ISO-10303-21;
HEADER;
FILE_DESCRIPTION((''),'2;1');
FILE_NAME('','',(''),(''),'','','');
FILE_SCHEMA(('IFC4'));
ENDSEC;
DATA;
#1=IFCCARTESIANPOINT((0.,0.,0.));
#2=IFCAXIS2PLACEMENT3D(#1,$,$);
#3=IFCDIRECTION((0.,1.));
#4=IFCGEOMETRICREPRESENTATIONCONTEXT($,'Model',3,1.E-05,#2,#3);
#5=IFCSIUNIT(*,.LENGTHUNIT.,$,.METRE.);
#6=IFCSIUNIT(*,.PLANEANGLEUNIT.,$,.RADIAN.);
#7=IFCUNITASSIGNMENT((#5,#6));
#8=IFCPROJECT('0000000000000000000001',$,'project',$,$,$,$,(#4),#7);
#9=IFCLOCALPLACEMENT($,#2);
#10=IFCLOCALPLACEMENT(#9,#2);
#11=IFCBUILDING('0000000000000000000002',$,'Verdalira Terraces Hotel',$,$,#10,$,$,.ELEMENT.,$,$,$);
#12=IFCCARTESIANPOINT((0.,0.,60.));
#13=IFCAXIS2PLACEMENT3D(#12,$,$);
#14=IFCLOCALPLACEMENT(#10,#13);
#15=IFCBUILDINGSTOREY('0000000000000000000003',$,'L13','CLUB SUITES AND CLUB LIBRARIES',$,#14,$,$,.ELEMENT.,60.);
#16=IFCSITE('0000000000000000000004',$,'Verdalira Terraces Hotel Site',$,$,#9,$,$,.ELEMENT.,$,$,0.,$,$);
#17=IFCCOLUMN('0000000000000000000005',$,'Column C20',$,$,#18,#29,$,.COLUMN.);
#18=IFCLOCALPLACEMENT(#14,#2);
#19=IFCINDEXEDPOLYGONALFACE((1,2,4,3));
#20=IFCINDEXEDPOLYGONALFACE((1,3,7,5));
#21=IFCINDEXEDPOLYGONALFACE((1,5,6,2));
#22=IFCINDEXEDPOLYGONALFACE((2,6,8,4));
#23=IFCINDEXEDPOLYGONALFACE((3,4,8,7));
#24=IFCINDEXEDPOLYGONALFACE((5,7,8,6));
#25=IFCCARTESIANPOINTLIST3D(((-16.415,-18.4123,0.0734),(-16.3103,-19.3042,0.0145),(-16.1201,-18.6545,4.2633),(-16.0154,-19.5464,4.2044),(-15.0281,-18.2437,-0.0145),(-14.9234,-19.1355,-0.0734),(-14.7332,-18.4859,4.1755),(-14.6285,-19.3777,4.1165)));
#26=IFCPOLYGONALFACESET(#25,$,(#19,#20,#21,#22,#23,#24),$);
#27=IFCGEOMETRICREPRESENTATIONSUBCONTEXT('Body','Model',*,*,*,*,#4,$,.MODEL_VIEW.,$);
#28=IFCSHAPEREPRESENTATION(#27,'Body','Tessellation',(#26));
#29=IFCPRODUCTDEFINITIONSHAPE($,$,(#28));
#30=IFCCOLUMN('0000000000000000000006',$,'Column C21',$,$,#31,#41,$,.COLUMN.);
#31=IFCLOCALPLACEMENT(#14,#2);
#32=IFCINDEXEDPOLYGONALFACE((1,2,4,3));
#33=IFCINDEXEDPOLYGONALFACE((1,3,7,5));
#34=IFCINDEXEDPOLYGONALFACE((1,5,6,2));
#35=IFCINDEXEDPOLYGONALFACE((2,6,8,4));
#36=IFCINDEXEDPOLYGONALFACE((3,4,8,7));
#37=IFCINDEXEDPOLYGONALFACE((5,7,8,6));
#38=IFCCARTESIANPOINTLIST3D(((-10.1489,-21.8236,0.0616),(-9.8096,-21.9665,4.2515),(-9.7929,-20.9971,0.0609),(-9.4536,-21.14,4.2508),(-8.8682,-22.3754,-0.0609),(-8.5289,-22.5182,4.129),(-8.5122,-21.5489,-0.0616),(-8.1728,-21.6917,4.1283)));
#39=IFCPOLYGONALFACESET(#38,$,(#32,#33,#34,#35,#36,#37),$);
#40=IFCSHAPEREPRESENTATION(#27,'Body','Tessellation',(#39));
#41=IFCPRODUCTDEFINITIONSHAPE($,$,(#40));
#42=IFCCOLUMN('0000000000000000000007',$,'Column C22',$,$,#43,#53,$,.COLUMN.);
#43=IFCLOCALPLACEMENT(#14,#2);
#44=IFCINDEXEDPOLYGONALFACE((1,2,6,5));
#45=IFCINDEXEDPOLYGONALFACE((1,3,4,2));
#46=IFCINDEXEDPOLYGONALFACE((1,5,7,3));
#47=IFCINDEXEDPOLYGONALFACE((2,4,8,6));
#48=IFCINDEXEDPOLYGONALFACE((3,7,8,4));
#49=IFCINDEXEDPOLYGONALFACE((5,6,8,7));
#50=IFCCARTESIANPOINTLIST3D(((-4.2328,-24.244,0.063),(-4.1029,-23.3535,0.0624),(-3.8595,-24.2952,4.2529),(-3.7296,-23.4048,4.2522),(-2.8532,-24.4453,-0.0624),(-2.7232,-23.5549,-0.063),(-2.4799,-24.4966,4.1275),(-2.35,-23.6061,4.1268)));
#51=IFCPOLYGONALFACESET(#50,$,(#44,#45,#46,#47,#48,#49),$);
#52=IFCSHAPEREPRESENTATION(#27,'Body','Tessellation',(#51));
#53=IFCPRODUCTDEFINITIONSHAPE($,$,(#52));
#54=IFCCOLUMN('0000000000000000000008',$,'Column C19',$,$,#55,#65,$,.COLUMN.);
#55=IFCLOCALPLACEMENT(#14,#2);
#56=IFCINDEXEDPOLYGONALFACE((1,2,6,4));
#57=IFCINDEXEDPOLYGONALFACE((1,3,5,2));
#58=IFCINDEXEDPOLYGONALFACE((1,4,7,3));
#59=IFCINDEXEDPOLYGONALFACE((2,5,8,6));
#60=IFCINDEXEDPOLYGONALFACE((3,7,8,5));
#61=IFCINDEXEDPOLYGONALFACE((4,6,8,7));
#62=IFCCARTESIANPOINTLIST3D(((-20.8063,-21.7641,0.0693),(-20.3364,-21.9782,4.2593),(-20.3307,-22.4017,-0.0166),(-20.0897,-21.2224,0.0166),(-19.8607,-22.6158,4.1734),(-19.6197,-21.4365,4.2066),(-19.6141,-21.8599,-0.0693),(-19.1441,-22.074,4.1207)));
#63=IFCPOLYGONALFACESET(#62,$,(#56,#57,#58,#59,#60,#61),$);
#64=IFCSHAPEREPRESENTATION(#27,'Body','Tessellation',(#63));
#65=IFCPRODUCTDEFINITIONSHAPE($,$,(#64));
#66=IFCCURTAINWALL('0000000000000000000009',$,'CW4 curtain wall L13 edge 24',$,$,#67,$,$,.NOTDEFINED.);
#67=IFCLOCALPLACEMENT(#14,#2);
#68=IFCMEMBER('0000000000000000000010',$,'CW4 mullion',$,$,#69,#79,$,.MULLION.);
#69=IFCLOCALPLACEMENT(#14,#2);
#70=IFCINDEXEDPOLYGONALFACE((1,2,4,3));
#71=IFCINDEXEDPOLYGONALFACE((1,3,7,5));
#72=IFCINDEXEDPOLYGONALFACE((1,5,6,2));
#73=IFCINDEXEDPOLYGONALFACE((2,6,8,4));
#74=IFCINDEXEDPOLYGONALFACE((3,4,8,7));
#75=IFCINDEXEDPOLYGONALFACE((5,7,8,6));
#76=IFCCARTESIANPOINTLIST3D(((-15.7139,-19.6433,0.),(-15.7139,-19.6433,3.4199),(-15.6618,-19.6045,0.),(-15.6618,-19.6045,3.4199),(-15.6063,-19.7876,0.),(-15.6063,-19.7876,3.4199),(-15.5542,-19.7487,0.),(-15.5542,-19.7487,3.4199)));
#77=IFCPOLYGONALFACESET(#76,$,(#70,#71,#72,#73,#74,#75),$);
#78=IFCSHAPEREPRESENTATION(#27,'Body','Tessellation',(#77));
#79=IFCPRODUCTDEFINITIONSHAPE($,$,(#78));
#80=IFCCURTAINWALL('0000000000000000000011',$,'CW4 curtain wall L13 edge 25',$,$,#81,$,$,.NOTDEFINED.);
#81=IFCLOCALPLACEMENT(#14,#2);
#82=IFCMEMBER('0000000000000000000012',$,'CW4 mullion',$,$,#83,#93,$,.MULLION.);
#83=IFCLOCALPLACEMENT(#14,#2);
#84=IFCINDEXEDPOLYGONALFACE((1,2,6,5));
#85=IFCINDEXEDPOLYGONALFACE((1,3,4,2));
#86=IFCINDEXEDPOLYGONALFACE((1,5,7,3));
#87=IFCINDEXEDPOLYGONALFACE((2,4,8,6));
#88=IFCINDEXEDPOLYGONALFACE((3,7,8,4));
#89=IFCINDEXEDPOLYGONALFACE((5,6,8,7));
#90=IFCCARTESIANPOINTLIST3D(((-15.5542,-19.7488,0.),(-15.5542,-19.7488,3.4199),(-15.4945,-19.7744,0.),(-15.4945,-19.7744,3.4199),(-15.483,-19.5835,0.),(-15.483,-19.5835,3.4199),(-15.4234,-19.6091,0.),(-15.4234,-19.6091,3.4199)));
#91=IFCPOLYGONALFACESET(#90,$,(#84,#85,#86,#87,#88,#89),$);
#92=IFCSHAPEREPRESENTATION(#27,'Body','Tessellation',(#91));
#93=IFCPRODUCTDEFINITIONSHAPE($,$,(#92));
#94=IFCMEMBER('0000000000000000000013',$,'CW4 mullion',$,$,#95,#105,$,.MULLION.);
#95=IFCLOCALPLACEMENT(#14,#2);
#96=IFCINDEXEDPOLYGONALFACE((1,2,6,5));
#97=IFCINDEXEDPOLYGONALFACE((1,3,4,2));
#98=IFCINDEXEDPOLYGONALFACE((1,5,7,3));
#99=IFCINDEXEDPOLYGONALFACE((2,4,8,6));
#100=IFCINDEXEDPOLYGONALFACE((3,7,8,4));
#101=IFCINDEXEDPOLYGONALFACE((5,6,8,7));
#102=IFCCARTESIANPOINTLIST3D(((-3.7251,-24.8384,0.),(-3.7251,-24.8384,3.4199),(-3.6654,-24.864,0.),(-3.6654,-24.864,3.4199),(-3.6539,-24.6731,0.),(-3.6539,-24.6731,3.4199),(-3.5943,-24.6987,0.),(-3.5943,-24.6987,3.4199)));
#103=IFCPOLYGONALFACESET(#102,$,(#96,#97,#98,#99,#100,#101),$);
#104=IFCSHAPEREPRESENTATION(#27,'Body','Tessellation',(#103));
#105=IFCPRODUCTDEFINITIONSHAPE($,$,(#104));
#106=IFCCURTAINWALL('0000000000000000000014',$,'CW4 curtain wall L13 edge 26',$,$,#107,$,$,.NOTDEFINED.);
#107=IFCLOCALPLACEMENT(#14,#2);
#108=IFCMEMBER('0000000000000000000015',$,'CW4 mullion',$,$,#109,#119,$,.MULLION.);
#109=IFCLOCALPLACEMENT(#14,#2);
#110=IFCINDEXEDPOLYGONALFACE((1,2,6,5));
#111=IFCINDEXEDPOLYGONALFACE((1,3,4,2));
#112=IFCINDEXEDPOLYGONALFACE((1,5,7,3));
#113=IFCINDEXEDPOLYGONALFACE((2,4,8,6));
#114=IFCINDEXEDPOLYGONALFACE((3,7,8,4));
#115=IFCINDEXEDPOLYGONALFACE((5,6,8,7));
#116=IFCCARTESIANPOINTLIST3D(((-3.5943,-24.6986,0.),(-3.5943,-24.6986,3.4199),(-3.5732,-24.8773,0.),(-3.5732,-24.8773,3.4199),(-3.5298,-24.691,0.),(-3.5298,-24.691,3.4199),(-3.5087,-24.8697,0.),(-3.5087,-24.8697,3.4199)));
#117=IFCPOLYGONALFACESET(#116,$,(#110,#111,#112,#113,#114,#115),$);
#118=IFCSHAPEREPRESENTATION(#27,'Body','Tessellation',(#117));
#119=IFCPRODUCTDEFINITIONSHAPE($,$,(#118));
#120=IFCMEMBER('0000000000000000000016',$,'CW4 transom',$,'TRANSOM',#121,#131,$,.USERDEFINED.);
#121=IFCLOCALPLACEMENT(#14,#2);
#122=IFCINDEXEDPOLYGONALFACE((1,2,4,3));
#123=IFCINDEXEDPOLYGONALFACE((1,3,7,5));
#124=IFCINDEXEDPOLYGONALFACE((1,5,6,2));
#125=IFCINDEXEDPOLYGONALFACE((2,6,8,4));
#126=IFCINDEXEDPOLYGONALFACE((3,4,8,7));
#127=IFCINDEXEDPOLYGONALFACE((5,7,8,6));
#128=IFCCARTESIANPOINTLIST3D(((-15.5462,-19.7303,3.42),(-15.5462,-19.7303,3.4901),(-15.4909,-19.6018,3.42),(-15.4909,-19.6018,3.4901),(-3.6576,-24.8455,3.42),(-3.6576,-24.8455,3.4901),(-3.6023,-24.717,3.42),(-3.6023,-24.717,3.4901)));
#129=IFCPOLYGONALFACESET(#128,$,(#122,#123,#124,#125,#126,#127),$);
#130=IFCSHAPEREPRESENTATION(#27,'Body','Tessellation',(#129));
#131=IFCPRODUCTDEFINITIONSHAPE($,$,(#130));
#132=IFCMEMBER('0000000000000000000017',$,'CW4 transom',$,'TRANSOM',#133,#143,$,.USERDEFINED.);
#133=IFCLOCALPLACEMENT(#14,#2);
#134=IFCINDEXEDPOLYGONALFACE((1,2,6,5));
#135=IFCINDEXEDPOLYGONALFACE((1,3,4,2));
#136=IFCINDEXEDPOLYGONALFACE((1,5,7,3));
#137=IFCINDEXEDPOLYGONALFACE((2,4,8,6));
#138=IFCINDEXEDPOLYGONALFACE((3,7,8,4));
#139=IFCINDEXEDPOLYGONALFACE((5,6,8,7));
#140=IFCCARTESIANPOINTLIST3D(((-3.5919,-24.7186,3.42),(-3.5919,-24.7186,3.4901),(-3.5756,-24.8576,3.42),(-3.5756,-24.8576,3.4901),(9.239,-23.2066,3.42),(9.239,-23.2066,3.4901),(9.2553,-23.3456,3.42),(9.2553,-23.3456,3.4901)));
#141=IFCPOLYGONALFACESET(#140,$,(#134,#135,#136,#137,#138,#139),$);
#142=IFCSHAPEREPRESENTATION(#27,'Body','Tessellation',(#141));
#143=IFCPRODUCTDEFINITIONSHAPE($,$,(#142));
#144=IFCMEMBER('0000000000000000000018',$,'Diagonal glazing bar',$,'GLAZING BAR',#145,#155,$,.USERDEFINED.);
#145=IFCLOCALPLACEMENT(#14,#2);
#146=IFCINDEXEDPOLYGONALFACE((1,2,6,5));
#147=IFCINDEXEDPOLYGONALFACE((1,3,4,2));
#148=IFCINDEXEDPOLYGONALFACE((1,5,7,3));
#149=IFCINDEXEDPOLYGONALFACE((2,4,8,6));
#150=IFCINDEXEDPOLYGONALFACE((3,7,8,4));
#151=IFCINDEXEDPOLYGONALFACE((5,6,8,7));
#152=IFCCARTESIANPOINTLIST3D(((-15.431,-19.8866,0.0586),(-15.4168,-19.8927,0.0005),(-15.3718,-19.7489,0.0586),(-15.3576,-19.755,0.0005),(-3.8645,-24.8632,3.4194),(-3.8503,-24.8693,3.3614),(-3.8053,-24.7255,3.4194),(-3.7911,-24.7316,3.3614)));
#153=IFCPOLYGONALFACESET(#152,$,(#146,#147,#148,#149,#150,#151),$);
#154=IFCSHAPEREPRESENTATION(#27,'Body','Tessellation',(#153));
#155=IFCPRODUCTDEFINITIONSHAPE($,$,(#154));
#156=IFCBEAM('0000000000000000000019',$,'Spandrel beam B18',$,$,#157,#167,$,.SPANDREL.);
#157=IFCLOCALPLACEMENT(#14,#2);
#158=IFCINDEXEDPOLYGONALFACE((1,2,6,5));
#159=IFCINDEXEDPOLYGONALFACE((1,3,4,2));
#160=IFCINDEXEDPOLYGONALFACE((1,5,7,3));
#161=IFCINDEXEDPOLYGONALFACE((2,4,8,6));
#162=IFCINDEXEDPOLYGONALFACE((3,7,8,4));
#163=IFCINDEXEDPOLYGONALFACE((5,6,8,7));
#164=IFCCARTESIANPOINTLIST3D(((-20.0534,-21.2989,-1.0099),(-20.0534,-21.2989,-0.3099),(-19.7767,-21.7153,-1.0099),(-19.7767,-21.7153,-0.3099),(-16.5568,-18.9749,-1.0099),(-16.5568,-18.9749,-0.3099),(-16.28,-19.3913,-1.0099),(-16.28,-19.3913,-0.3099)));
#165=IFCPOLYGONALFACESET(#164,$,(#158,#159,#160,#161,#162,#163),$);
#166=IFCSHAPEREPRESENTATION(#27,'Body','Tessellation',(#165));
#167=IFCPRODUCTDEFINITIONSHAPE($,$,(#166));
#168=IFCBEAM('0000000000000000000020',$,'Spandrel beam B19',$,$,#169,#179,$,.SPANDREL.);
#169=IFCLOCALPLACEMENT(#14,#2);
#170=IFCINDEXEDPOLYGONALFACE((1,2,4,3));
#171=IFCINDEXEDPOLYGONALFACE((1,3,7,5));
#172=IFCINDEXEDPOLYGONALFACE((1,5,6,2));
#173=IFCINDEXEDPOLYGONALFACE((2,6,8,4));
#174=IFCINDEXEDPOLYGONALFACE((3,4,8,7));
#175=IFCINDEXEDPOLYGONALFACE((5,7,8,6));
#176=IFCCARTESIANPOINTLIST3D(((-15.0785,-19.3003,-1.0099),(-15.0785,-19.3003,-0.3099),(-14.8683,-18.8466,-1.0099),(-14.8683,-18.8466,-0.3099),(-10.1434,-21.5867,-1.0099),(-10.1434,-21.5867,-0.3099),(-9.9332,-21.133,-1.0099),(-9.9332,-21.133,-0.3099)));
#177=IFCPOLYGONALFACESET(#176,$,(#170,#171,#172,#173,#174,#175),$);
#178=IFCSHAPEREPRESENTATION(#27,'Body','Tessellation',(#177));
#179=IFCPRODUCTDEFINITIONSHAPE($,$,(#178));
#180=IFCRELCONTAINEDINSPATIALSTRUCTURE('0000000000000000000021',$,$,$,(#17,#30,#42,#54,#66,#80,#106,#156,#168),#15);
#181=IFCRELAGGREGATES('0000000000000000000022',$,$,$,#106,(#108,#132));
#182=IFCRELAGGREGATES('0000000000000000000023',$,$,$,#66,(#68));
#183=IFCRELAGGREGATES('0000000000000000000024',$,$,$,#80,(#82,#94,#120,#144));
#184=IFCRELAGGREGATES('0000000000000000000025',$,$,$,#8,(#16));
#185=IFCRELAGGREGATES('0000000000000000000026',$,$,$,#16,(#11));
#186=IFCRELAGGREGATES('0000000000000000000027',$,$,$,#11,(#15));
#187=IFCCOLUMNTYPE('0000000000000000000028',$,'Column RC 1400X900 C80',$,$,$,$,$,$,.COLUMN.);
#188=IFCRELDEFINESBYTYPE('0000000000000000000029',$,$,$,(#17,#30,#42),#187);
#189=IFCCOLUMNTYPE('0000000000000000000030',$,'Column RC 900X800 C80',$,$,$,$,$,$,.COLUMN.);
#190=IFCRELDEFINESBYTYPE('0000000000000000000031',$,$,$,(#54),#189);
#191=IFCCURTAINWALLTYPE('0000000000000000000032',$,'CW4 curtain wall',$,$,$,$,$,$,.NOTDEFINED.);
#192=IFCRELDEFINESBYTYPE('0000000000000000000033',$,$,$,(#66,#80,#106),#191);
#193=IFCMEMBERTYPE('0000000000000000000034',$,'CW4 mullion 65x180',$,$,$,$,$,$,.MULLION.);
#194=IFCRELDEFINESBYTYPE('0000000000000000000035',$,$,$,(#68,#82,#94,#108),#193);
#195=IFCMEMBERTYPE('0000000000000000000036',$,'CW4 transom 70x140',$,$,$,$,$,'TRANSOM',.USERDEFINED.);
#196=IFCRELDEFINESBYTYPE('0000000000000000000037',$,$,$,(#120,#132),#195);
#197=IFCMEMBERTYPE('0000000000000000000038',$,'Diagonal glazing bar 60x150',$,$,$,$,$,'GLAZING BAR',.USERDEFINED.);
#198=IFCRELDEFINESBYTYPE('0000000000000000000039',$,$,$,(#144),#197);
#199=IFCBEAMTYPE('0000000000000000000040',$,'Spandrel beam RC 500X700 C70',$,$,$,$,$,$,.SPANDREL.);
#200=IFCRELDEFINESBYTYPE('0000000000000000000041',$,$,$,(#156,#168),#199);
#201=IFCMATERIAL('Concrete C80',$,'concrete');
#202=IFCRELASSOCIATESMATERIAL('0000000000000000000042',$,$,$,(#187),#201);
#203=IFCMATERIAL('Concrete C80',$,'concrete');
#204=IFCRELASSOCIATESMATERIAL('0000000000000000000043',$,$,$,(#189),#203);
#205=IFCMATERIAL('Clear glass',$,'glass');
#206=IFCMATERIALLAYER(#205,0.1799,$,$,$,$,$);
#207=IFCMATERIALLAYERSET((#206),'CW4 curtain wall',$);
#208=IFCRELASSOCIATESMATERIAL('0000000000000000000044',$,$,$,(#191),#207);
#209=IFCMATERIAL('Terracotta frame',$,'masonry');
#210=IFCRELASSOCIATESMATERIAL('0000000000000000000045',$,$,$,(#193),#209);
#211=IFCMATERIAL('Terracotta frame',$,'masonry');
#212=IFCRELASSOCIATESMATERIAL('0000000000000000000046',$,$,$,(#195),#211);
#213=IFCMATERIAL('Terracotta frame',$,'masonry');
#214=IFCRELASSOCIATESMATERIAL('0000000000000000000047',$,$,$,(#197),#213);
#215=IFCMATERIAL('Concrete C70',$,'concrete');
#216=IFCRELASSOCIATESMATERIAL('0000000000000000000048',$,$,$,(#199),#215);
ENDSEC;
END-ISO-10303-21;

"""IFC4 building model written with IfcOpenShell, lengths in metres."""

from ifc_helpers import new_model, si_unit, direction, frame, origin, origin_2d, place, context, subcontext, project, spatial, rectangle, extrude, material, layer, layer_set, material_profile, profile_set, type_object, element, aggregate, save


model = new_model("IFC4")

# Units and contexts
model_context = context("Model", 3, precision=1e-05, world=origin(), true_north=direction((0.0, 1.0)))
body_context = subcontext(model_context, "Body", "Model", "MODEL_VIEW")
ifc_project = project(units=[si_unit("LENGTHUNIT", "METRE"), si_unit("PLANEANGLEUNIT", "RADIAN")], contexts=[model_context])

# Site, building, storey
site_placement = place(None, origin())
site = spatial("IfcSite", under=ifc_project, at=site_placement, Name="Verdalira Terraces Hotel Site", CompositionType="ELEMENT", RefElevation=0.0)
building_placement = place(site_placement, origin())
building = spatial("IfcBuilding", under=site, at=building_placement, Name="Verdalira Terraces Hotel", CompositionType="ELEMENT")
storey_placement = place(building_placement, frame((0.0, 0.0, 60.0)))
storey = spatial("IfcBuildingStorey", under=building, at=storey_placement, Name="L13", Description="CLUB SUITES AND CLUB LIBRARIES", CompositionType="ELEMENT", Elevation=60.0)

# Columns
ifc_material_1 = material(Name="Concrete C80", Category="concrete")
ifc_material_profile_1 = material_profile(ifc_material_1, rectangle(XDim=1.3999, YDim=0.8999, at=origin_2d()), Name="RC 1400X900")
ifc_profile_set_1 = profile_set([ifc_material_profile_1], Name="Concrete C80")
column_type_1 = type_object("IfcColumnType", Name="Column RC 1400X900 C80", PredefinedType="COLUMN", material=ifc_profile_set_1)
column_1_placement = place(storey_placement, frame((-15.6692, -18.7739, 0.0), z_axis=(0.070098, -0.057564, 0.995878), x_axis=(-0.990731, -0.120466, 0.062772)))
element("IfcColumn", 1, at=column_1_placement, inside=storey, type_object=column_type_1, Name="Column C20", PredefinedType="COLUMN", context=body_context, shape_type="SweptSolid", body=[
    extrude(rectangle(XDim=1.3999, YDim=0.8999, at=origin_2d()), origin(), (0.0, 0.0, 1.0), 4.2073),
])
column_2_placement = place(storey_placement, frame((-9.3306, -21.6863, 0.0), z_axis=(0.080682, -0.033956, 0.996161), x_axis=(0.914865, -0.394158, -0.087533)))
element("IfcColumn", 2, at=column_2_placement, inside=storey, type_object=column_type_1, Name="Column C21", PredefinedType="COLUMN", context=body_context, shape_type="SweptSolid", body=[
    extrude(rectangle(XDim=1.3999, YDim=0.8999, at=origin_2d()), origin(), (0.0, 0.0, 1.0), 4.2061),
])
column_3_placement = place(storey_placement, frame((-3.478, -23.8994, 0.0), z_axis=(0.088734, -0.012187, 0.995981), x_axis=(-0.985538, 0.143848, 0.089564)))
element("IfcColumn", 3, at=column_3_placement, inside=storey, type_object=column_type_1, Name="Column C22", PredefinedType="COLUMN", context=body_context, shape_type="SweptSolid", body=[
    extrude(rectangle(XDim=1.3999, YDim=0.8999, at=origin_2d()), origin(), (0.0, 0.0, 1.0), 4.2068),
])
ifc_material_2 = material(Name="Concrete C80", Category="concrete")
ifc_material_profile_2 = material_profile(ifc_material_2, rectangle(XDim=0.8999, YDim=0.8, at=origin_2d()), Name="RC 900X800")
ifc_profile_set_2 = profile_set([ifc_material_profile_2], Name="Concrete C80")
column_type_2 = type_object("IfcColumnType", Name="Column RC 900X800 C80", PredefinedType="COLUMN", material=ifc_profile_set_2)
column_4_placement = place(storey_placement, frame((-20.2102, -21.812, 0.0), z_axis=(0.111324, -0.050717, 0.992489), x_axis=(0.796363, 0.601977, -0.058563)))
element("IfcColumn", 4, at=column_4_placement, inside=storey, type_object=column_type_2, Name="Column C19", PredefinedType="COLUMN", context=body_context, shape_type="SweptSolid", body=[
    extrude(rectangle(XDim=0.8999, YDim=0.8, at=origin_2d()), origin(), (0.0, 0.0, 1.0), 4.2217),
])

# Curtain wall, member
ifc_material_3 = material(Name="Clear glass", Category="glass")
ifc_layer_1 = layer(ifc_material_3, 0.1799)
ifc_layer_set_1 = layer_set([ifc_layer_1], Name="CW4 curtain wall")
curtain_wall_type = type_object("IfcCurtainWallType", Name="CW4 curtain wall", PredefinedType="NOTDEFINED", material=ifc_layer_set_1)
curtain_wall_1_placement = place(storey_placement, origin())
curtain_wall_1 = element("IfcCurtainWall", 5, at=curtain_wall_1_placement, inside=storey, type_object=curtain_wall_type, Name="CW4 curtain wall L13 edge 24", PredefinedType="NOTDEFINED")
ifc_material_4 = material(Name="Terracotta frame", Category="masonry")
ifc_material_profile_3 = material_profile(ifc_material_4, rectangle(XDim=0.0649, YDim=0.1799, at=origin_2d()), Name="MU 65x180")
ifc_profile_set_3 = profile_set([ifc_material_profile_3], Name="Terracotta frame")
member_type_1 = type_object("IfcMemberType", Name="CW4 mullion 65x180", PredefinedType="MULLION", material=ifc_profile_set_3)
member_1_placement = place(storey_placement, frame((-15.634, -19.696, 0.0), z_axis=(0.0, 0.0, 1.0), x_axis=(0.801567, 0.597905, 0.0)))
member_1 = element("IfcMember", 6, at=member_1_placement, type_object=member_type_1, Name="CW4 mullion", PredefinedType="MULLION", context=body_context, shape_type="SweptSolid", body=[
    extrude(rectangle(XDim=0.0649, YDim=0.1799, at=origin_2d()), origin(), (0.0, 0.0, 1.0), 3.4199),
])

# Curtain wall, members
curtain_wall_2_placement = place(storey_placement, origin())
curtain_wall_2 = element("IfcCurtainWall", 7, at=curtain_wall_2_placement, inside=storey, type_object=curtain_wall_type, Name="CW4 curtain wall L13 edge 25", PredefinedType="NOTDEFINED")
member_2_placement = place(storey_placement, frame((-15.4888, -19.679, 0.0), z_axis=(0.0, 0.0, 1.0), x_axis=(0.918584, -0.395225, 0.0)))
member_2 = element("IfcMember", 8, at=member_2_placement, type_object=member_type_1, Name="CW4 mullion", PredefinedType="MULLION", context=body_context, shape_type="SweptSolid", body=[
    extrude(rectangle(XDim=0.0649, YDim=0.1799, at=origin_2d()), origin(), (0.0, 0.0, 1.0), 3.4199),
])
member_3_placement = place(storey_placement, frame((-3.6597, -24.7686, 0.0), z_axis=(0.0, 0.0, 1.0), x_axis=(0.918584, -0.395225, 0.0)))
member_3 = element("IfcMember", 9, at=member_3_placement, type_object=member_type_1, Name="CW4 mullion", PredefinedType="MULLION", context=body_context, shape_type="SweptSolid", body=[
    extrude(rectangle(XDim=0.0649, YDim=0.1799, at=origin_2d()), origin(), (0.0, 0.0, 1.0), 3.4199),
])

# Curtain wall, member
curtain_wall_3_placement = place(storey_placement, origin())
curtain_wall_3 = element("IfcCurtainWall", 10, at=curtain_wall_3_placement, inside=storey, type_object=curtain_wall_type, Name="CW4 curtain wall L13 edge 26", PredefinedType="NOTDEFINED")
member_4_placement = place(storey_placement, frame((-3.5515, -24.7842, 0.0), z_axis=(0.0, 0.0, 1.0), x_axis=(0.99313, 0.117017, 0.0)))
member_4 = element("IfcMember", 11, at=member_4_placement, type_object=member_type_1, Name="CW4 mullion", PredefinedType="MULLION", context=body_context, shape_type="SweptSolid", body=[
    extrude(rectangle(XDim=0.0649, YDim=0.1799, at=origin_2d()), origin(), (0.0, 0.0, 1.0), 3.4199),
])

# Members
ifc_material_5 = material(Name="Terracotta frame", Category="masonry")
ifc_material_profile_4 = material_profile(ifc_material_5, rectangle(XDim=0.1399, YDim=0.0701, at=origin_2d()), Name="TR 70x140")
ifc_profile_set_4 = profile_set([ifc_material_profile_4], Name="Terracotta frame")
member_type_2 = type_object("IfcMemberType", Name="CW4 transom 70x140", ElementType="TRANSOM", PredefinedType="USERDEFINED", material=ifc_profile_set_4)
member_5_placement = place(storey_placement, frame((-15.5186, -19.666, 3.4551), z_axis=(0.918582, -0.39523, 0.0), x_axis=(0.39523, 0.918582, 0.0)))
member_5 = element("IfcMember", 12, at=member_5_placement, type_object=member_type_2, Name="CW4 transom", ObjectType="TRANSOM", PredefinedType="USERDEFINED", context=body_context, shape_type="SweptSolid", body=[
    extrude(rectangle(XDim=0.1399, YDim=0.0701, at=origin_2d()), origin(), (0.0, 0.0, 1.0), 12.9424),
])
member_6_placement = place(storey_placement, frame((-3.5837, -24.7881, 3.4551), z_axis=(0.993129, 0.117029, 0.0), x_axis=(-0.117029, 0.993129, 0.0)))
member_6 = element("IfcMember", 13, at=member_6_placement, type_object=member_type_2, Name="CW4 transom", ObjectType="TRANSOM", PredefinedType="USERDEFINED", context=body_context, shape_type="SweptSolid", body=[
    extrude(rectangle(XDim=0.1399, YDim=0.0701, at=origin_2d()), origin(), (0.0, 0.0, 1.0), 12.9197),
])
aggregate(curtain_wall_3, [member_4, member_6])
ifc_material_6 = material(Name="Terracotta frame", Category="masonry")
ifc_material_profile_5 = material_profile(ifc_material_6, rectangle(XDim=0.1499, YDim=0.0601, at=origin_2d()), Name="GB 60x150")
ifc_profile_set_5 = profile_set([ifc_material_profile_5], Name="Terracotta frame")
member_type_3 = type_object("IfcMemberType", Name="Diagonal glazing bar 60x150", ElementType="GLAZING BAR", PredefinedType="USERDEFINED", material=ifc_profile_set_5)
member_7_placement = place(storey_placement, frame((-15.3943, -19.8208, 0.0295), z_axis=(0.887512, -0.381861, 0.257884), x_axis=(0.395229, 0.918582, 0.0)))
member_7 = element("IfcMember", 14, at=member_7_placement, type_object=member_type_3, Name="Diagonal glazing bar", ObjectType="GLAZING BAR", PredefinedType="USERDEFINED", context=body_context, shape_type="SweptSolid", body=[
    extrude(rectangle(XDim=0.1499, YDim=0.0601, at=origin_2d()), origin(), (0.0, 0.0, 1.0), 13.0325),
])

# Beams
ifc_material_7 = material(Name="Concrete C70", Category="concrete")
ifc_material_profile_6 = material_profile(ifc_material_7, rectangle(XDim=0.5, YDim=0.7, at=origin_2d()), Name="RC 500X700")
ifc_profile_set_6 = profile_set([ifc_material_profile_6], Name="Concrete C70")
beam_type = type_object("IfcBeamType", Name="Spandrel beam RC 500X700 C70", PredefinedType="SPANDREL", material=ifc_profile_set_6)
beam_1_placement = place(storey_placement, frame((-19.915, -21.5071, -0.6599), z_axis=(0.832828, 0.553532, 0.0), x_axis=(-0.553532, 0.832828, 0.0)))
element("IfcBeam", 15, at=beam_1_placement, inside=storey, type_object=beam_type, Name="Spandrel beam B18", PredefinedType="SPANDREL", context=body_context, shape_type="SweptSolid", body=[
    extrude(rectangle(XDim=0.5, YDim=0.7, at=origin_2d()), origin(), (0.0, 0.0, 1.0), 4.1985),
])
beam_2_placement = place(storey_placement, frame((-14.9734, -19.0735, -0.6599), z_axis=(0.907353, -0.42037, 0.0), x_axis=(0.42037, 0.907353, 0.0)))
element("IfcBeam", 16, at=beam_2_placement, inside=storey, type_object=beam_type, Name="Spandrel beam B19", PredefinedType="SPANDREL", context=body_context, shape_type="SweptSolid", body=[
    extrude(rectangle(XDim=0.5, YDim=0.7, at=origin_2d()), origin(), (0.0, 0.0, 1.0), 5.439),
])

aggregate(curtain_wall_1, [member_1])
aggregate(curtain_wall_2, [member_2, member_3, member_5, member_7])

save(model, "model.ifc")
